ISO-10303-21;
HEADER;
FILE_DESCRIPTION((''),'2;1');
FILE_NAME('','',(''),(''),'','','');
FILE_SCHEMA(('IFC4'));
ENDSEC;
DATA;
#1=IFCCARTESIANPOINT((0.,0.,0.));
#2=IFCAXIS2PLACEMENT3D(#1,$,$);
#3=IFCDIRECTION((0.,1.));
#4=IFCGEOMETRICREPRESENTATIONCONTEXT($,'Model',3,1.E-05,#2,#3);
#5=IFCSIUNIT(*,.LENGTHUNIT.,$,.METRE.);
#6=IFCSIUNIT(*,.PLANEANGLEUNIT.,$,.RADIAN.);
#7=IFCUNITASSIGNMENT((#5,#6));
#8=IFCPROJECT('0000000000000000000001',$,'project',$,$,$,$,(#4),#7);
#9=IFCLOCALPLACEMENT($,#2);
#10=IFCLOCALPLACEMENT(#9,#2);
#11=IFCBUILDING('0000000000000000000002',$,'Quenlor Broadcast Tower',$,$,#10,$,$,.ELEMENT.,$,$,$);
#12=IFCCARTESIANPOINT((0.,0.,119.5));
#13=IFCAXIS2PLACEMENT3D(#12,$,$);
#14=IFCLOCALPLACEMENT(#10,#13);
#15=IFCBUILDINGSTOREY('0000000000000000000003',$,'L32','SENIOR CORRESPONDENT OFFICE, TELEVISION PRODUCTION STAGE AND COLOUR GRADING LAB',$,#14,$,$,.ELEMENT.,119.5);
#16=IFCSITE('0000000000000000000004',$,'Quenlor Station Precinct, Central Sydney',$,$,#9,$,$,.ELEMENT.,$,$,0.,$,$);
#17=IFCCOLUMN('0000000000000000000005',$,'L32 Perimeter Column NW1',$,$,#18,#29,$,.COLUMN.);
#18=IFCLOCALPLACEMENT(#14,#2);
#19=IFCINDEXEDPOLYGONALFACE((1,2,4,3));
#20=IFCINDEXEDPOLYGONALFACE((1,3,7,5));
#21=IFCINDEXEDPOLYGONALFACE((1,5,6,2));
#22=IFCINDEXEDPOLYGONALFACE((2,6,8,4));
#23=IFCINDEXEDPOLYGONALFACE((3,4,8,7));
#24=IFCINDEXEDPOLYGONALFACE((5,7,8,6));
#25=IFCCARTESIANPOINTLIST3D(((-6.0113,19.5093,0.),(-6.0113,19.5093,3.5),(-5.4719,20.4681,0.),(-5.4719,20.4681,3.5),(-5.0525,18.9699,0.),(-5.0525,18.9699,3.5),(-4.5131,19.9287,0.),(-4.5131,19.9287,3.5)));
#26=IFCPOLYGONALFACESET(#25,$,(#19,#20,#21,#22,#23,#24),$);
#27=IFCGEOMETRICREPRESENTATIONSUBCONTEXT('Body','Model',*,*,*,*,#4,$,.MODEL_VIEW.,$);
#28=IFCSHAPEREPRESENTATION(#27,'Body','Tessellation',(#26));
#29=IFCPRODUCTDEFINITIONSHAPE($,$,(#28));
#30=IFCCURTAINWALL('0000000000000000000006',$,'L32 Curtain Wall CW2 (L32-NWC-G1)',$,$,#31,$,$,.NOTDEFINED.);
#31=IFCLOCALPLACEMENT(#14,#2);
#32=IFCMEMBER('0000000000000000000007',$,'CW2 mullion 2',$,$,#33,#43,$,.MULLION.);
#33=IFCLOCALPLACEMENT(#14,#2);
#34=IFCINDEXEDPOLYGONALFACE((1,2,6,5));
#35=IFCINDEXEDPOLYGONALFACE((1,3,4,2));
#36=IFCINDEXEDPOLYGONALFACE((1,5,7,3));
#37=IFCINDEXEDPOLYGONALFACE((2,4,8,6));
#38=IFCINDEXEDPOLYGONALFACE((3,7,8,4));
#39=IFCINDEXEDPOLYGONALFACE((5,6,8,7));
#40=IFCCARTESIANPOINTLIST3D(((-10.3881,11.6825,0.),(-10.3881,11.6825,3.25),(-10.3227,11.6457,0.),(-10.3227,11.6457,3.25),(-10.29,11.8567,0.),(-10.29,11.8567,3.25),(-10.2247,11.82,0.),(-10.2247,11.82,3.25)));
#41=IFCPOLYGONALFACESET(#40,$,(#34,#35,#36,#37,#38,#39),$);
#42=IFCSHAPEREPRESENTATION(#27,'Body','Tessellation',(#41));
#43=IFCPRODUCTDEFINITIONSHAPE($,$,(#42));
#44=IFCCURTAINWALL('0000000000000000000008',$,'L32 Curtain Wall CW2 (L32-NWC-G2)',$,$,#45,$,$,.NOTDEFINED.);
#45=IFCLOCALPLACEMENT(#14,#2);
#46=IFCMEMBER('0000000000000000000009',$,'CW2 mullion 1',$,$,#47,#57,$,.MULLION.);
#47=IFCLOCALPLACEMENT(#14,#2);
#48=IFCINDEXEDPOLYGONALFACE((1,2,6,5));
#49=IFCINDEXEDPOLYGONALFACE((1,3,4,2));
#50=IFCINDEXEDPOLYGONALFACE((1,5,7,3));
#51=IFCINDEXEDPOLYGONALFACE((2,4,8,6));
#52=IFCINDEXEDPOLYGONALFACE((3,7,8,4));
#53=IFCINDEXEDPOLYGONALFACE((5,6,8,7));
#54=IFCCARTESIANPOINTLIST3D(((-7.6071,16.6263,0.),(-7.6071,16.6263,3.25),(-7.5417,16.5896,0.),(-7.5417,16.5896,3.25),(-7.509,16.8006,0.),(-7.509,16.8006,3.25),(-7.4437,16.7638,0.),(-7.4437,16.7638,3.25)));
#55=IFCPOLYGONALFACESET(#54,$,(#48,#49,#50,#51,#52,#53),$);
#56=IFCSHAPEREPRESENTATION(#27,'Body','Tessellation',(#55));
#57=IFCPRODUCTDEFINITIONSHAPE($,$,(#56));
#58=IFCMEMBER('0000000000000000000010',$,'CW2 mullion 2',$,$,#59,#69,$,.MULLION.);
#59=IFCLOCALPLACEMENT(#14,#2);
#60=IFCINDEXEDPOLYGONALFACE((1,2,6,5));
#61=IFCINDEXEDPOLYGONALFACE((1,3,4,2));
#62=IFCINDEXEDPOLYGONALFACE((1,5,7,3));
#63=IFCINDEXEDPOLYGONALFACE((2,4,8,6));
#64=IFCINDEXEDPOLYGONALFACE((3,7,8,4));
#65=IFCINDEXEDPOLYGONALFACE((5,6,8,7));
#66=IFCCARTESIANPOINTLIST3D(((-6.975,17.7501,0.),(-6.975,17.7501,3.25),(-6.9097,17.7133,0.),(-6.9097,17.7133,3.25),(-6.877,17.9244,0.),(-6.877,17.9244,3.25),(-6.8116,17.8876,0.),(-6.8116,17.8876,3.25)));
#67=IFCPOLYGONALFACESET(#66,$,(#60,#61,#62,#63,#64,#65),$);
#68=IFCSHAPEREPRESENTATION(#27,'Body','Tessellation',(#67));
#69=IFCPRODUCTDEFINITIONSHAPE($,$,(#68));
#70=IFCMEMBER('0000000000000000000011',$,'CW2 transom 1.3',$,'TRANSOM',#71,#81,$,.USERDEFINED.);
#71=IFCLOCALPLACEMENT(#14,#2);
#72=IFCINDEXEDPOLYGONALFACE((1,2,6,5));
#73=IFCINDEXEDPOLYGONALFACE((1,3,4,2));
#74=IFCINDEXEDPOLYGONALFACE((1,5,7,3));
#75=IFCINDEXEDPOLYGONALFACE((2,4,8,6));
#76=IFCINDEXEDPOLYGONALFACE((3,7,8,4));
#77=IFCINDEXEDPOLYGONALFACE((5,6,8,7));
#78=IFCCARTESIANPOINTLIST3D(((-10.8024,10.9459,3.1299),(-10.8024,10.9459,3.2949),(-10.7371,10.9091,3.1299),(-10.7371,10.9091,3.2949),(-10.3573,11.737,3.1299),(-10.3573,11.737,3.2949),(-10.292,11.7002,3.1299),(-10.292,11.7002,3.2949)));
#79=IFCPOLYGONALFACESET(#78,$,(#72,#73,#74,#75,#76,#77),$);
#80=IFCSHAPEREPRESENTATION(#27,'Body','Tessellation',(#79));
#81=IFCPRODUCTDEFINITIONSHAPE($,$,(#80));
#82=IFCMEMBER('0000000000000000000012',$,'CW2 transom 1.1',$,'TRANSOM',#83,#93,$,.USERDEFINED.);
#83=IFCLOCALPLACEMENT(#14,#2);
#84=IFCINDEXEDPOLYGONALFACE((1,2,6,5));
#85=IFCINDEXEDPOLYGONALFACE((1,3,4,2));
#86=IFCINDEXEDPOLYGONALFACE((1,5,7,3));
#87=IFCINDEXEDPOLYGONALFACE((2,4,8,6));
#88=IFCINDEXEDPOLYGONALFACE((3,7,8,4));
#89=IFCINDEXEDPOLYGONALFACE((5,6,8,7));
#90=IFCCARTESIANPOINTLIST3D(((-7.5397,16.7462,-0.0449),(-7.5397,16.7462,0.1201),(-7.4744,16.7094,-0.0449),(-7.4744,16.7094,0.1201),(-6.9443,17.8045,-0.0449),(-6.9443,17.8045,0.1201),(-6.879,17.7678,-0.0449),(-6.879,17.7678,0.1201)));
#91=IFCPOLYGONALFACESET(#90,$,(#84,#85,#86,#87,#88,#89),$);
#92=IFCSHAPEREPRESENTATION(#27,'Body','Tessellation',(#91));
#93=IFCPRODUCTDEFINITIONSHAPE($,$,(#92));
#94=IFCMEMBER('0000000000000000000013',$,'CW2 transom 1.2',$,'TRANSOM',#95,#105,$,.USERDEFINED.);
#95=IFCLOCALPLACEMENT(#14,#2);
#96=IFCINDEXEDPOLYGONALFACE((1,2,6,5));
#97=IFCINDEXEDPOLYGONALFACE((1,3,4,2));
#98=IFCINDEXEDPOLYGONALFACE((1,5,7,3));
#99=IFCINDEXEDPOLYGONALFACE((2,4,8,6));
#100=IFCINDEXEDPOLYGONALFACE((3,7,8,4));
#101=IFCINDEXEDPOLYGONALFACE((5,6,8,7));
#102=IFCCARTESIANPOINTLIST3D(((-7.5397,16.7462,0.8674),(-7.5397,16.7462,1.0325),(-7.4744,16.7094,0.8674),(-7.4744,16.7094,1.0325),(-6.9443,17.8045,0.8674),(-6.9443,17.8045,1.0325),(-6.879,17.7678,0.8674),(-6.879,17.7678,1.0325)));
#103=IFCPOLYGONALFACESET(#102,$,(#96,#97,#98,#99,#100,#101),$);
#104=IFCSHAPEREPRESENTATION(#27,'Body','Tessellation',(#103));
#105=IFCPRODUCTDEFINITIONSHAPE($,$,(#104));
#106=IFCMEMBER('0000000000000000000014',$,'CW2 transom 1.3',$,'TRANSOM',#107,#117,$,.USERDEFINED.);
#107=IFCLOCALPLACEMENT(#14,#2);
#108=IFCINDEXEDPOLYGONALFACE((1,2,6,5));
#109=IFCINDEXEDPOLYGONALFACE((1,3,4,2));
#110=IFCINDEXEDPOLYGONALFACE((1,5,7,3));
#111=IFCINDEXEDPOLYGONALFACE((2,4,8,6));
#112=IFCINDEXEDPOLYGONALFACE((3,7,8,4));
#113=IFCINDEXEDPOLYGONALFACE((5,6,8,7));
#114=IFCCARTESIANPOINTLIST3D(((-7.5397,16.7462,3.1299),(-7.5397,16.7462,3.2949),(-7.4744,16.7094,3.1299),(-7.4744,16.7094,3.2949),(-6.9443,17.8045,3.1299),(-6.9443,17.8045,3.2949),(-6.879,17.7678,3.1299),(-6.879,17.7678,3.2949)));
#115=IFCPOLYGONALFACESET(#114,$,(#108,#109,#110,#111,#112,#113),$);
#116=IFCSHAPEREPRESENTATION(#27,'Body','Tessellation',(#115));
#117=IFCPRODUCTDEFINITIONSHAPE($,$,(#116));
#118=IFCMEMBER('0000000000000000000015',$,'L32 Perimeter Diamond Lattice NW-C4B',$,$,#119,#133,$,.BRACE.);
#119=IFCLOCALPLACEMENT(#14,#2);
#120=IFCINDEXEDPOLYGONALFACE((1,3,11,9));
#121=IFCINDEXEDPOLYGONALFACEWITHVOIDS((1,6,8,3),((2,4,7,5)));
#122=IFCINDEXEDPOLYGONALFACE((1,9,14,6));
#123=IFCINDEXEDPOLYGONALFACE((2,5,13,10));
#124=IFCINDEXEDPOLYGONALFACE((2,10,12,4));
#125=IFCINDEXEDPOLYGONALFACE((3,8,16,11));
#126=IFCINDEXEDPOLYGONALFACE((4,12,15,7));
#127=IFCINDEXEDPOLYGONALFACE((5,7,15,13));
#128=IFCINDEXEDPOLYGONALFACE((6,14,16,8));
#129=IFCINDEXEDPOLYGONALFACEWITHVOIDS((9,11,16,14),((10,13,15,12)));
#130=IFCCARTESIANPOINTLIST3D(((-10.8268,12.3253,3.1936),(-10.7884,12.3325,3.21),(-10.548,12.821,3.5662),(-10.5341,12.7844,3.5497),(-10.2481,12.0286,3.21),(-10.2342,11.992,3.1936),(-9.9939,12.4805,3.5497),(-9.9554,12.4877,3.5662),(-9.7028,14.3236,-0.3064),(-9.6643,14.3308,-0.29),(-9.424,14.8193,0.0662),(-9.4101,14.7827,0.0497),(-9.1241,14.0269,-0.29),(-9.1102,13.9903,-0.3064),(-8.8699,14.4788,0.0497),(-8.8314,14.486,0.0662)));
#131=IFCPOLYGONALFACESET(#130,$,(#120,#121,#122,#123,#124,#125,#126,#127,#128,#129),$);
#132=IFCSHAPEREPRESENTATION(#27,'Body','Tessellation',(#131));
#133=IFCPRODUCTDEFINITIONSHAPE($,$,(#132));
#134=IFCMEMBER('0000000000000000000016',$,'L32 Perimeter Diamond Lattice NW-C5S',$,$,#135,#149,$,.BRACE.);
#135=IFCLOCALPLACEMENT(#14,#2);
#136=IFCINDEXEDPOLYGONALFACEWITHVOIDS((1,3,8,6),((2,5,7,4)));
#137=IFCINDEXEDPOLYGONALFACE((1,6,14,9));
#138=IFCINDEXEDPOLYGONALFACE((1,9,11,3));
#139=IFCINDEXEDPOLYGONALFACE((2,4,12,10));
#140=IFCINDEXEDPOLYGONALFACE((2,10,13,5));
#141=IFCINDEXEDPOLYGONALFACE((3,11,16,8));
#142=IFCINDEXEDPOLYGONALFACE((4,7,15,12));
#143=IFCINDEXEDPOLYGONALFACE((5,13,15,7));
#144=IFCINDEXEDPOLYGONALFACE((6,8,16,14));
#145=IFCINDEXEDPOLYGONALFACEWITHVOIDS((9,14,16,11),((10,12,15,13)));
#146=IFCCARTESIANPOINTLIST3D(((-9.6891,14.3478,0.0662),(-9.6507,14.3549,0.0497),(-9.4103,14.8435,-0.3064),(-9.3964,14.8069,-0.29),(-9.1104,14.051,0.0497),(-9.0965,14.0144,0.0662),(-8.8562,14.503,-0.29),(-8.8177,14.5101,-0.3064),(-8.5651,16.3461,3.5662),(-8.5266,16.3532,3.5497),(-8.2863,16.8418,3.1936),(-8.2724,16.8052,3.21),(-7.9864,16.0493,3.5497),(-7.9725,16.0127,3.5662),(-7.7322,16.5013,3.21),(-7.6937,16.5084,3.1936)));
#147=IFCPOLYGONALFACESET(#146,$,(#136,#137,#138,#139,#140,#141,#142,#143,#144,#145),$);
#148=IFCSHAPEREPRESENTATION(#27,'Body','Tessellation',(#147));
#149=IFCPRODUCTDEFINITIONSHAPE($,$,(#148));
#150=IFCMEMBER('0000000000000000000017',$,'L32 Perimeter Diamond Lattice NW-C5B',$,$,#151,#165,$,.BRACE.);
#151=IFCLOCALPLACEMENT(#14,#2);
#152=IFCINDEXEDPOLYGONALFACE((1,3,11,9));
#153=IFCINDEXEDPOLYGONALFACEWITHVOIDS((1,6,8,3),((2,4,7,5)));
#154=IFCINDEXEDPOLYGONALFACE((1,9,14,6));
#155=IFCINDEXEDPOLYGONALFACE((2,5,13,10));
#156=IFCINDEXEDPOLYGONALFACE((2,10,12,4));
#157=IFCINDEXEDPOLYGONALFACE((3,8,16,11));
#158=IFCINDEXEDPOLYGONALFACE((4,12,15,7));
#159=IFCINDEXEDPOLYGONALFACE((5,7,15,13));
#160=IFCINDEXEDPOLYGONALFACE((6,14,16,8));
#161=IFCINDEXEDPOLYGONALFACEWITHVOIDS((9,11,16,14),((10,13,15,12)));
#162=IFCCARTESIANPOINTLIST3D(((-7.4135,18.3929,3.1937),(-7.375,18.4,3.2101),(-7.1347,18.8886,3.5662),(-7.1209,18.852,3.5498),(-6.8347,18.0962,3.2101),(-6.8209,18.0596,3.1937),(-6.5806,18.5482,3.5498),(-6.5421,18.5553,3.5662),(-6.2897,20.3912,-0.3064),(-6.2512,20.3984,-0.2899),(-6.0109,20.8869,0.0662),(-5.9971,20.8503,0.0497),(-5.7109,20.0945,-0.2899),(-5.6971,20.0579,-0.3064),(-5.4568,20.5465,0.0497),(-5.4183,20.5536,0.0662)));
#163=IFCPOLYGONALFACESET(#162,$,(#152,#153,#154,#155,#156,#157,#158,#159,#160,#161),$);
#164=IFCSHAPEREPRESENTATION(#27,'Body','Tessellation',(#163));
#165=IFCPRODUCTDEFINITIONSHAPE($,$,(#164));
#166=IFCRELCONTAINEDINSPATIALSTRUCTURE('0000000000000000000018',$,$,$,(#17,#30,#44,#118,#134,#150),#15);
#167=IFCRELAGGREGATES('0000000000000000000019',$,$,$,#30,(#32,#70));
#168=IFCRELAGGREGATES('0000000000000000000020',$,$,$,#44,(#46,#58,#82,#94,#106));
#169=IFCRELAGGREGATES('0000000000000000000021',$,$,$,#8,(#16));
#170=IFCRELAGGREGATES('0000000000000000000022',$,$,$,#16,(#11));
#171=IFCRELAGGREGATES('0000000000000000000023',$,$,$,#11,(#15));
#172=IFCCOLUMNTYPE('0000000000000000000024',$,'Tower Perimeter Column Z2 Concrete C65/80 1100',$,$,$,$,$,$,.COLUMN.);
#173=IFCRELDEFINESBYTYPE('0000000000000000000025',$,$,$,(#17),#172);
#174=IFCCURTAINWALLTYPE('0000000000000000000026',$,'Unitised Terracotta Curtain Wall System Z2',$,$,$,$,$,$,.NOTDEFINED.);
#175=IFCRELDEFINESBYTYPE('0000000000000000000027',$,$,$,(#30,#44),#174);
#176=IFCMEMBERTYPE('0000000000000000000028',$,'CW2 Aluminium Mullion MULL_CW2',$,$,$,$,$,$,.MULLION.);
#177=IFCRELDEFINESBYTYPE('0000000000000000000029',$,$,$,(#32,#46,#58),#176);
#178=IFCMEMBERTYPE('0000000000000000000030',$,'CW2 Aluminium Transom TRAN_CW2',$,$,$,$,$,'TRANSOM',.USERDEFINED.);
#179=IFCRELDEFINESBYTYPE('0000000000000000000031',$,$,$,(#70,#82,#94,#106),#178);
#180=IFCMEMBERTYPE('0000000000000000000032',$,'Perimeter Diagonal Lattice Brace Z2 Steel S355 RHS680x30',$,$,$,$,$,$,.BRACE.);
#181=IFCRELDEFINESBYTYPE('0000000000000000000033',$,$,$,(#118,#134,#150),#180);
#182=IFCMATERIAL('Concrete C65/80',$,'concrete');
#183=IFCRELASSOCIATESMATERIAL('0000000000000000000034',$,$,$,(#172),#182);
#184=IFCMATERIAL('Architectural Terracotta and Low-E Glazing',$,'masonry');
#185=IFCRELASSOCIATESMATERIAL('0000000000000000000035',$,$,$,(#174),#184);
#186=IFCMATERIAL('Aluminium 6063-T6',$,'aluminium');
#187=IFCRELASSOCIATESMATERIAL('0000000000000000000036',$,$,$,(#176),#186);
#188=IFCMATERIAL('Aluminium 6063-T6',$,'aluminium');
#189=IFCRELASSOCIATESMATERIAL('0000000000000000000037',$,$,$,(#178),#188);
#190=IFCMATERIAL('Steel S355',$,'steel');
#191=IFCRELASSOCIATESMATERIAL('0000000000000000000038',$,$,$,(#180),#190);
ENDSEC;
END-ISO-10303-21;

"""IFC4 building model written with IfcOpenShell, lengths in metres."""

from ifc_helpers import new_model, si_unit, direction, frame, origin, origin_2d, place, context, subcontext, project, spatial, rectangle, hollow_rectangle, extrude, material, material_profile, profile_set, type_object, element, aggregate, save


model = new_model("IFC4")

# Units and contexts
model_context = context("Model", 3, precision=1e-05, world=origin(), true_north=direction((0.0, 1.0)))
body_context = subcontext(model_context, "Body", "Model", "MODEL_VIEW")
ifc_project = project(units=[si_unit("LENGTHUNIT", "METRE"), si_unit("PLANEANGLEUNIT", "RADIAN")], contexts=[model_context])

# Site, building, storey
site_placement = place(None, origin())
site = spatial("IfcSite", under=ifc_project, at=site_placement, Name="Quenlor Station Precinct, Central Sydney", CompositionType="ELEMENT", RefElevation=0.0)
building_placement = place(site_placement, origin())
building = spatial("IfcBuilding", under=site, at=building_placement, Name="Quenlor Broadcast Tower", CompositionType="ELEMENT")
storey_placement = place(building_placement, frame((0.0, 0.0, 119.5)))
storey = spatial("IfcBuildingStorey", under=building, at=storey_placement, Name="L32", Description="SENIOR CORRESPONDENT OFFICE, TELEVISION PRODUCTION STAGE AND COLOUR GRADING LAB", CompositionType="ELEMENT", Elevation=119.5)

# Column
ifc_material_1 = material(Name="Concrete C65/80", Category="concrete")
ifc_material_profile_1 = material_profile(ifc_material_1, rectangle(XDim=1.1001, YDim=1.1001, at=origin_2d()))
ifc_profile_set_1 = profile_set([ifc_material_profile_1], Name="Concrete C65/80 RC1100x1100")
column_type = type_object("IfcColumnType", Name="Tower Perimeter Column Z2 Concrete C65/80 1100", PredefinedType="COLUMN", material=ifc_profile_set_1)
column_placement = place(storey_placement, frame((-5.2622, 19.719, 0.0), z_axis=(0.0, 0.0, 1.0), x_axis=(-0.871575, 0.490262, 0.0)))
element("IfcColumn", 1, at=column_placement, inside=storey, type_object=column_type, Name="L32 Perimeter Column NW1", PredefinedType="COLUMN", context=body_context, shape_type="SweptSolid", body=[
    extrude(rectangle(XDim=1.1001, YDim=1.1001, at=origin_2d()), origin(), (0.0, 0.0, 1.0), 3.5),
])

# Curtain wall, member
ifc_material_2 = material(Name="Architectural Terracotta and Low-E Glazing", Category="masonry")
curtain_wall_type = type_object("IfcCurtainWallType", Name="Unitised Terracotta Curtain Wall System Z2", PredefinedType="NOTDEFINED", material=ifc_material_2)
curtain_wall_1_placement = place(storey_placement, origin())
curtain_wall_1 = element("IfcCurtainWall", 2, at=curtain_wall_1_placement, inside=storey, type_object=curtain_wall_type, Name="L32 Curtain Wall CW2 (L32-NWC-G1)", PredefinedType="NOTDEFINED")
ifc_material_3 = material(Name="Aluminium 6063-T6", Category="aluminium")
ifc_material_profile_2 = material_profile(ifc_material_3, rectangle(XDim=0.075, YDim=0.2, at=origin_2d()))
ifc_profile_set_2 = profile_set([ifc_material_profile_2], Name="Aluminium 6063-T6 MULL75x200")
member_type_1 = type_object("IfcMemberType", Name="CW2 Aluminium Mullion MULL_CW2", PredefinedType="MULLION", material=ifc_profile_set_2)
member_1_placement = place(storey_placement, frame((-10.3064, 11.7512, 0.0), z_axis=(0.0, 0.0, 1.0), x_axis=(-0.871581, 0.490252, 0.0)))
member_1 = element("IfcMember", 3, at=member_1_placement, type_object=member_type_1, Name="CW2 mullion 2", PredefinedType="MULLION", context=body_context, shape_type="SweptSolid", body=[
    extrude(rectangle(XDim=0.075, YDim=0.2, at=origin_2d()), origin(), (0.0, 0.0, 1.0), 3.25),
])

# Curtain wall, members
curtain_wall_2_placement = place(storey_placement, origin())
curtain_wall_2 = element("IfcCurtainWall", 4, at=curtain_wall_2_placement, inside=storey, type_object=curtain_wall_type, Name="L32 Curtain Wall CW2 (L32-NWC-G2)", PredefinedType="NOTDEFINED")
member_2_placement = place(storey_placement, frame((-7.5254, 16.6951, 0.0), z_axis=(0.0, 0.0, 1.0), x_axis=(-0.871583, 0.490247, 0.0)))
member_2 = element("IfcMember", 5, at=member_2_placement, type_object=member_type_1, Name="CW2 mullion 1", PredefinedType="MULLION", context=body_context, shape_type="SweptSolid", body=[
    extrude(rectangle(XDim=0.075, YDim=0.2, at=origin_2d()), origin(), (0.0, 0.0, 1.0), 3.25),
])
member_3_placement = place(storey_placement, frame((-6.8933, 17.8188, 0.0), z_axis=(0.0, 0.0, 1.0), x_axis=(-0.871583, 0.490247, 0.0)))
member_3 = element("IfcMember", 6, at=member_3_placement, type_object=member_type_1, Name="CW2 mullion 2", PredefinedType="MULLION", context=body_context, shape_type="SweptSolid", body=[
    extrude(rectangle(XDim=0.075, YDim=0.2, at=origin_2d()), origin(), (0.0, 0.0, 1.0), 3.25),
])

# Members
ifc_material_4 = material(Name="Aluminium 6063-T6", Category="aluminium")
ifc_material_profile_3 = material_profile(ifc_material_4, rectangle(XDim=0.075, YDim=0.165, at=origin_2d()))
ifc_profile_set_3 = profile_set([ifc_material_profile_3], Name="Aluminium 6063-T6 TRAN75x165")
member_type_2 = type_object("IfcMemberType", Name="CW2 Aluminium Transom TRAN_CW2", ElementType="TRANSOM", PredefinedType="USERDEFINED", material=ifc_profile_set_3)
member_4_placement = place(storey_placement, frame((-10.7698, 10.9275, 3.2124), z_axis=(0.490363, 0.871518, 0.0), x_axis=(-0.871518, 0.490363, 0.0)))
member_4 = element("IfcMember", 7, at=member_4_placement, type_object=member_type_2, Name="CW2 transom 1.3", ObjectType="TRANSOM", PredefinedType="USERDEFINED", context=body_context, shape_type="SweptSolid", body=[
    extrude(rectangle(XDim=0.075, YDim=0.165, at=origin_2d()), origin(), (0.0, 0.0, 1.0), 0.9077),
])
member_5_placement = place(storey_placement, frame((-7.5071, 16.7278, 0.0376), z_axis=(0.490347, 0.871527, 0.0), x_axis=(-0.871527, 0.490347, 0.0)))
member_5 = element("IfcMember", 8, at=member_5_placement, type_object=member_type_2, Name="CW2 transom 1.1", ObjectType="TRANSOM", PredefinedType="USERDEFINED", context=body_context, shape_type="SweptSolid", body=[
    extrude(rectangle(XDim=0.075, YDim=0.165, at=origin_2d()), origin(), (0.0, 0.0, 1.0), 1.2144),
])
member_6_placement = place(storey_placement, frame((-7.5071, 16.7278, 0.95), z_axis=(0.490347, 0.871527, 0.0), x_axis=(-0.871527, 0.490347, 0.0)))
member_6 = element("IfcMember", 9, at=member_6_placement, type_object=member_type_2, Name="CW2 transom 1.2", ObjectType="TRANSOM", PredefinedType="USERDEFINED", context=body_context, shape_type="SweptSolid", body=[
    extrude(rectangle(XDim=0.075, YDim=0.165, at=origin_2d()), origin(), (0.0, 0.0, 1.0), 1.2144),
])
member_7_placement = place(storey_placement, frame((-7.5071, 16.7278, 3.2124), z_axis=(0.490347, 0.871527, 0.0), x_axis=(-0.871527, 0.490347, 0.0)))
member_7 = element("IfcMember", 10, at=member_7_placement, type_object=member_type_2, Name="CW2 transom 1.3", ObjectType="TRANSOM", PredefinedType="USERDEFINED", context=body_context, shape_type="SweptSolid", body=[
    extrude(rectangle(XDim=0.075, YDim=0.165, at=origin_2d()), origin(), (0.0, 0.0, 1.0), 1.2144),
])

# Members
ifc_material_5 = material(Name="Steel S355", Category="steel")
ifc_material_profile_4 = material_profile(ifc_material_5, hollow_rectangle(XDim=0.6799, YDim=0.6799, WallThickness=0.03, at=origin_2d()))
ifc_profile_set_4 = profile_set([ifc_material_profile_4], Name="Steel S355 RHS680x680x30")
member_type_3 = type_object("IfcMemberType", Name="Perimeter Diagonal Lattice Brace Z2 Steel S355 RHS680x30", PredefinedType="BRACE", material=ifc_profile_set_4)
for number, where, z_axis, x_axis, name in (
    (11, (-9.2671, 14.4048, -0.1201), (-0.268642, -0.477593, 0.836502), (0.871578, -0.490256, 0.0), "L32 Perimeter Diamond Lattice NW-C4B"),
    (12, (-9.2534, 14.429, -0.1201), (0.268642, 0.477593, 0.836502), (-0.871578, 0.490256, 0.0), "L32 Perimeter Diamond Lattice NW-C5S"),
    (13, (-5.854, 20.4724, -0.1201), (-0.268588, -0.4776, 0.836516), (0.871624, -0.490175, 0.0), "L32 Perimeter Diamond Lattice NW-C5B"),
):
    element("IfcMember", number, at=place(storey_placement, frame(where, z_axis=z_axis, x_axis=x_axis)), inside=storey, type_object=member_type_3, Name=name, PredefinedType="BRACE", context=body_context, shape_type="SweptSolid", body=[
        extrude(hollow_rectangle(XDim=0.6799, YDim=0.6799, WallThickness=0.03, at=origin_2d()), origin(), (0.0, 0.0, 1.0), 4.1841),
    ])

aggregate(curtain_wall_1, [member_1, member_4])
aggregate(curtain_wall_2, [member_2, member_3, member_5, member_6, member_7])

save(model, "model.ifc")
